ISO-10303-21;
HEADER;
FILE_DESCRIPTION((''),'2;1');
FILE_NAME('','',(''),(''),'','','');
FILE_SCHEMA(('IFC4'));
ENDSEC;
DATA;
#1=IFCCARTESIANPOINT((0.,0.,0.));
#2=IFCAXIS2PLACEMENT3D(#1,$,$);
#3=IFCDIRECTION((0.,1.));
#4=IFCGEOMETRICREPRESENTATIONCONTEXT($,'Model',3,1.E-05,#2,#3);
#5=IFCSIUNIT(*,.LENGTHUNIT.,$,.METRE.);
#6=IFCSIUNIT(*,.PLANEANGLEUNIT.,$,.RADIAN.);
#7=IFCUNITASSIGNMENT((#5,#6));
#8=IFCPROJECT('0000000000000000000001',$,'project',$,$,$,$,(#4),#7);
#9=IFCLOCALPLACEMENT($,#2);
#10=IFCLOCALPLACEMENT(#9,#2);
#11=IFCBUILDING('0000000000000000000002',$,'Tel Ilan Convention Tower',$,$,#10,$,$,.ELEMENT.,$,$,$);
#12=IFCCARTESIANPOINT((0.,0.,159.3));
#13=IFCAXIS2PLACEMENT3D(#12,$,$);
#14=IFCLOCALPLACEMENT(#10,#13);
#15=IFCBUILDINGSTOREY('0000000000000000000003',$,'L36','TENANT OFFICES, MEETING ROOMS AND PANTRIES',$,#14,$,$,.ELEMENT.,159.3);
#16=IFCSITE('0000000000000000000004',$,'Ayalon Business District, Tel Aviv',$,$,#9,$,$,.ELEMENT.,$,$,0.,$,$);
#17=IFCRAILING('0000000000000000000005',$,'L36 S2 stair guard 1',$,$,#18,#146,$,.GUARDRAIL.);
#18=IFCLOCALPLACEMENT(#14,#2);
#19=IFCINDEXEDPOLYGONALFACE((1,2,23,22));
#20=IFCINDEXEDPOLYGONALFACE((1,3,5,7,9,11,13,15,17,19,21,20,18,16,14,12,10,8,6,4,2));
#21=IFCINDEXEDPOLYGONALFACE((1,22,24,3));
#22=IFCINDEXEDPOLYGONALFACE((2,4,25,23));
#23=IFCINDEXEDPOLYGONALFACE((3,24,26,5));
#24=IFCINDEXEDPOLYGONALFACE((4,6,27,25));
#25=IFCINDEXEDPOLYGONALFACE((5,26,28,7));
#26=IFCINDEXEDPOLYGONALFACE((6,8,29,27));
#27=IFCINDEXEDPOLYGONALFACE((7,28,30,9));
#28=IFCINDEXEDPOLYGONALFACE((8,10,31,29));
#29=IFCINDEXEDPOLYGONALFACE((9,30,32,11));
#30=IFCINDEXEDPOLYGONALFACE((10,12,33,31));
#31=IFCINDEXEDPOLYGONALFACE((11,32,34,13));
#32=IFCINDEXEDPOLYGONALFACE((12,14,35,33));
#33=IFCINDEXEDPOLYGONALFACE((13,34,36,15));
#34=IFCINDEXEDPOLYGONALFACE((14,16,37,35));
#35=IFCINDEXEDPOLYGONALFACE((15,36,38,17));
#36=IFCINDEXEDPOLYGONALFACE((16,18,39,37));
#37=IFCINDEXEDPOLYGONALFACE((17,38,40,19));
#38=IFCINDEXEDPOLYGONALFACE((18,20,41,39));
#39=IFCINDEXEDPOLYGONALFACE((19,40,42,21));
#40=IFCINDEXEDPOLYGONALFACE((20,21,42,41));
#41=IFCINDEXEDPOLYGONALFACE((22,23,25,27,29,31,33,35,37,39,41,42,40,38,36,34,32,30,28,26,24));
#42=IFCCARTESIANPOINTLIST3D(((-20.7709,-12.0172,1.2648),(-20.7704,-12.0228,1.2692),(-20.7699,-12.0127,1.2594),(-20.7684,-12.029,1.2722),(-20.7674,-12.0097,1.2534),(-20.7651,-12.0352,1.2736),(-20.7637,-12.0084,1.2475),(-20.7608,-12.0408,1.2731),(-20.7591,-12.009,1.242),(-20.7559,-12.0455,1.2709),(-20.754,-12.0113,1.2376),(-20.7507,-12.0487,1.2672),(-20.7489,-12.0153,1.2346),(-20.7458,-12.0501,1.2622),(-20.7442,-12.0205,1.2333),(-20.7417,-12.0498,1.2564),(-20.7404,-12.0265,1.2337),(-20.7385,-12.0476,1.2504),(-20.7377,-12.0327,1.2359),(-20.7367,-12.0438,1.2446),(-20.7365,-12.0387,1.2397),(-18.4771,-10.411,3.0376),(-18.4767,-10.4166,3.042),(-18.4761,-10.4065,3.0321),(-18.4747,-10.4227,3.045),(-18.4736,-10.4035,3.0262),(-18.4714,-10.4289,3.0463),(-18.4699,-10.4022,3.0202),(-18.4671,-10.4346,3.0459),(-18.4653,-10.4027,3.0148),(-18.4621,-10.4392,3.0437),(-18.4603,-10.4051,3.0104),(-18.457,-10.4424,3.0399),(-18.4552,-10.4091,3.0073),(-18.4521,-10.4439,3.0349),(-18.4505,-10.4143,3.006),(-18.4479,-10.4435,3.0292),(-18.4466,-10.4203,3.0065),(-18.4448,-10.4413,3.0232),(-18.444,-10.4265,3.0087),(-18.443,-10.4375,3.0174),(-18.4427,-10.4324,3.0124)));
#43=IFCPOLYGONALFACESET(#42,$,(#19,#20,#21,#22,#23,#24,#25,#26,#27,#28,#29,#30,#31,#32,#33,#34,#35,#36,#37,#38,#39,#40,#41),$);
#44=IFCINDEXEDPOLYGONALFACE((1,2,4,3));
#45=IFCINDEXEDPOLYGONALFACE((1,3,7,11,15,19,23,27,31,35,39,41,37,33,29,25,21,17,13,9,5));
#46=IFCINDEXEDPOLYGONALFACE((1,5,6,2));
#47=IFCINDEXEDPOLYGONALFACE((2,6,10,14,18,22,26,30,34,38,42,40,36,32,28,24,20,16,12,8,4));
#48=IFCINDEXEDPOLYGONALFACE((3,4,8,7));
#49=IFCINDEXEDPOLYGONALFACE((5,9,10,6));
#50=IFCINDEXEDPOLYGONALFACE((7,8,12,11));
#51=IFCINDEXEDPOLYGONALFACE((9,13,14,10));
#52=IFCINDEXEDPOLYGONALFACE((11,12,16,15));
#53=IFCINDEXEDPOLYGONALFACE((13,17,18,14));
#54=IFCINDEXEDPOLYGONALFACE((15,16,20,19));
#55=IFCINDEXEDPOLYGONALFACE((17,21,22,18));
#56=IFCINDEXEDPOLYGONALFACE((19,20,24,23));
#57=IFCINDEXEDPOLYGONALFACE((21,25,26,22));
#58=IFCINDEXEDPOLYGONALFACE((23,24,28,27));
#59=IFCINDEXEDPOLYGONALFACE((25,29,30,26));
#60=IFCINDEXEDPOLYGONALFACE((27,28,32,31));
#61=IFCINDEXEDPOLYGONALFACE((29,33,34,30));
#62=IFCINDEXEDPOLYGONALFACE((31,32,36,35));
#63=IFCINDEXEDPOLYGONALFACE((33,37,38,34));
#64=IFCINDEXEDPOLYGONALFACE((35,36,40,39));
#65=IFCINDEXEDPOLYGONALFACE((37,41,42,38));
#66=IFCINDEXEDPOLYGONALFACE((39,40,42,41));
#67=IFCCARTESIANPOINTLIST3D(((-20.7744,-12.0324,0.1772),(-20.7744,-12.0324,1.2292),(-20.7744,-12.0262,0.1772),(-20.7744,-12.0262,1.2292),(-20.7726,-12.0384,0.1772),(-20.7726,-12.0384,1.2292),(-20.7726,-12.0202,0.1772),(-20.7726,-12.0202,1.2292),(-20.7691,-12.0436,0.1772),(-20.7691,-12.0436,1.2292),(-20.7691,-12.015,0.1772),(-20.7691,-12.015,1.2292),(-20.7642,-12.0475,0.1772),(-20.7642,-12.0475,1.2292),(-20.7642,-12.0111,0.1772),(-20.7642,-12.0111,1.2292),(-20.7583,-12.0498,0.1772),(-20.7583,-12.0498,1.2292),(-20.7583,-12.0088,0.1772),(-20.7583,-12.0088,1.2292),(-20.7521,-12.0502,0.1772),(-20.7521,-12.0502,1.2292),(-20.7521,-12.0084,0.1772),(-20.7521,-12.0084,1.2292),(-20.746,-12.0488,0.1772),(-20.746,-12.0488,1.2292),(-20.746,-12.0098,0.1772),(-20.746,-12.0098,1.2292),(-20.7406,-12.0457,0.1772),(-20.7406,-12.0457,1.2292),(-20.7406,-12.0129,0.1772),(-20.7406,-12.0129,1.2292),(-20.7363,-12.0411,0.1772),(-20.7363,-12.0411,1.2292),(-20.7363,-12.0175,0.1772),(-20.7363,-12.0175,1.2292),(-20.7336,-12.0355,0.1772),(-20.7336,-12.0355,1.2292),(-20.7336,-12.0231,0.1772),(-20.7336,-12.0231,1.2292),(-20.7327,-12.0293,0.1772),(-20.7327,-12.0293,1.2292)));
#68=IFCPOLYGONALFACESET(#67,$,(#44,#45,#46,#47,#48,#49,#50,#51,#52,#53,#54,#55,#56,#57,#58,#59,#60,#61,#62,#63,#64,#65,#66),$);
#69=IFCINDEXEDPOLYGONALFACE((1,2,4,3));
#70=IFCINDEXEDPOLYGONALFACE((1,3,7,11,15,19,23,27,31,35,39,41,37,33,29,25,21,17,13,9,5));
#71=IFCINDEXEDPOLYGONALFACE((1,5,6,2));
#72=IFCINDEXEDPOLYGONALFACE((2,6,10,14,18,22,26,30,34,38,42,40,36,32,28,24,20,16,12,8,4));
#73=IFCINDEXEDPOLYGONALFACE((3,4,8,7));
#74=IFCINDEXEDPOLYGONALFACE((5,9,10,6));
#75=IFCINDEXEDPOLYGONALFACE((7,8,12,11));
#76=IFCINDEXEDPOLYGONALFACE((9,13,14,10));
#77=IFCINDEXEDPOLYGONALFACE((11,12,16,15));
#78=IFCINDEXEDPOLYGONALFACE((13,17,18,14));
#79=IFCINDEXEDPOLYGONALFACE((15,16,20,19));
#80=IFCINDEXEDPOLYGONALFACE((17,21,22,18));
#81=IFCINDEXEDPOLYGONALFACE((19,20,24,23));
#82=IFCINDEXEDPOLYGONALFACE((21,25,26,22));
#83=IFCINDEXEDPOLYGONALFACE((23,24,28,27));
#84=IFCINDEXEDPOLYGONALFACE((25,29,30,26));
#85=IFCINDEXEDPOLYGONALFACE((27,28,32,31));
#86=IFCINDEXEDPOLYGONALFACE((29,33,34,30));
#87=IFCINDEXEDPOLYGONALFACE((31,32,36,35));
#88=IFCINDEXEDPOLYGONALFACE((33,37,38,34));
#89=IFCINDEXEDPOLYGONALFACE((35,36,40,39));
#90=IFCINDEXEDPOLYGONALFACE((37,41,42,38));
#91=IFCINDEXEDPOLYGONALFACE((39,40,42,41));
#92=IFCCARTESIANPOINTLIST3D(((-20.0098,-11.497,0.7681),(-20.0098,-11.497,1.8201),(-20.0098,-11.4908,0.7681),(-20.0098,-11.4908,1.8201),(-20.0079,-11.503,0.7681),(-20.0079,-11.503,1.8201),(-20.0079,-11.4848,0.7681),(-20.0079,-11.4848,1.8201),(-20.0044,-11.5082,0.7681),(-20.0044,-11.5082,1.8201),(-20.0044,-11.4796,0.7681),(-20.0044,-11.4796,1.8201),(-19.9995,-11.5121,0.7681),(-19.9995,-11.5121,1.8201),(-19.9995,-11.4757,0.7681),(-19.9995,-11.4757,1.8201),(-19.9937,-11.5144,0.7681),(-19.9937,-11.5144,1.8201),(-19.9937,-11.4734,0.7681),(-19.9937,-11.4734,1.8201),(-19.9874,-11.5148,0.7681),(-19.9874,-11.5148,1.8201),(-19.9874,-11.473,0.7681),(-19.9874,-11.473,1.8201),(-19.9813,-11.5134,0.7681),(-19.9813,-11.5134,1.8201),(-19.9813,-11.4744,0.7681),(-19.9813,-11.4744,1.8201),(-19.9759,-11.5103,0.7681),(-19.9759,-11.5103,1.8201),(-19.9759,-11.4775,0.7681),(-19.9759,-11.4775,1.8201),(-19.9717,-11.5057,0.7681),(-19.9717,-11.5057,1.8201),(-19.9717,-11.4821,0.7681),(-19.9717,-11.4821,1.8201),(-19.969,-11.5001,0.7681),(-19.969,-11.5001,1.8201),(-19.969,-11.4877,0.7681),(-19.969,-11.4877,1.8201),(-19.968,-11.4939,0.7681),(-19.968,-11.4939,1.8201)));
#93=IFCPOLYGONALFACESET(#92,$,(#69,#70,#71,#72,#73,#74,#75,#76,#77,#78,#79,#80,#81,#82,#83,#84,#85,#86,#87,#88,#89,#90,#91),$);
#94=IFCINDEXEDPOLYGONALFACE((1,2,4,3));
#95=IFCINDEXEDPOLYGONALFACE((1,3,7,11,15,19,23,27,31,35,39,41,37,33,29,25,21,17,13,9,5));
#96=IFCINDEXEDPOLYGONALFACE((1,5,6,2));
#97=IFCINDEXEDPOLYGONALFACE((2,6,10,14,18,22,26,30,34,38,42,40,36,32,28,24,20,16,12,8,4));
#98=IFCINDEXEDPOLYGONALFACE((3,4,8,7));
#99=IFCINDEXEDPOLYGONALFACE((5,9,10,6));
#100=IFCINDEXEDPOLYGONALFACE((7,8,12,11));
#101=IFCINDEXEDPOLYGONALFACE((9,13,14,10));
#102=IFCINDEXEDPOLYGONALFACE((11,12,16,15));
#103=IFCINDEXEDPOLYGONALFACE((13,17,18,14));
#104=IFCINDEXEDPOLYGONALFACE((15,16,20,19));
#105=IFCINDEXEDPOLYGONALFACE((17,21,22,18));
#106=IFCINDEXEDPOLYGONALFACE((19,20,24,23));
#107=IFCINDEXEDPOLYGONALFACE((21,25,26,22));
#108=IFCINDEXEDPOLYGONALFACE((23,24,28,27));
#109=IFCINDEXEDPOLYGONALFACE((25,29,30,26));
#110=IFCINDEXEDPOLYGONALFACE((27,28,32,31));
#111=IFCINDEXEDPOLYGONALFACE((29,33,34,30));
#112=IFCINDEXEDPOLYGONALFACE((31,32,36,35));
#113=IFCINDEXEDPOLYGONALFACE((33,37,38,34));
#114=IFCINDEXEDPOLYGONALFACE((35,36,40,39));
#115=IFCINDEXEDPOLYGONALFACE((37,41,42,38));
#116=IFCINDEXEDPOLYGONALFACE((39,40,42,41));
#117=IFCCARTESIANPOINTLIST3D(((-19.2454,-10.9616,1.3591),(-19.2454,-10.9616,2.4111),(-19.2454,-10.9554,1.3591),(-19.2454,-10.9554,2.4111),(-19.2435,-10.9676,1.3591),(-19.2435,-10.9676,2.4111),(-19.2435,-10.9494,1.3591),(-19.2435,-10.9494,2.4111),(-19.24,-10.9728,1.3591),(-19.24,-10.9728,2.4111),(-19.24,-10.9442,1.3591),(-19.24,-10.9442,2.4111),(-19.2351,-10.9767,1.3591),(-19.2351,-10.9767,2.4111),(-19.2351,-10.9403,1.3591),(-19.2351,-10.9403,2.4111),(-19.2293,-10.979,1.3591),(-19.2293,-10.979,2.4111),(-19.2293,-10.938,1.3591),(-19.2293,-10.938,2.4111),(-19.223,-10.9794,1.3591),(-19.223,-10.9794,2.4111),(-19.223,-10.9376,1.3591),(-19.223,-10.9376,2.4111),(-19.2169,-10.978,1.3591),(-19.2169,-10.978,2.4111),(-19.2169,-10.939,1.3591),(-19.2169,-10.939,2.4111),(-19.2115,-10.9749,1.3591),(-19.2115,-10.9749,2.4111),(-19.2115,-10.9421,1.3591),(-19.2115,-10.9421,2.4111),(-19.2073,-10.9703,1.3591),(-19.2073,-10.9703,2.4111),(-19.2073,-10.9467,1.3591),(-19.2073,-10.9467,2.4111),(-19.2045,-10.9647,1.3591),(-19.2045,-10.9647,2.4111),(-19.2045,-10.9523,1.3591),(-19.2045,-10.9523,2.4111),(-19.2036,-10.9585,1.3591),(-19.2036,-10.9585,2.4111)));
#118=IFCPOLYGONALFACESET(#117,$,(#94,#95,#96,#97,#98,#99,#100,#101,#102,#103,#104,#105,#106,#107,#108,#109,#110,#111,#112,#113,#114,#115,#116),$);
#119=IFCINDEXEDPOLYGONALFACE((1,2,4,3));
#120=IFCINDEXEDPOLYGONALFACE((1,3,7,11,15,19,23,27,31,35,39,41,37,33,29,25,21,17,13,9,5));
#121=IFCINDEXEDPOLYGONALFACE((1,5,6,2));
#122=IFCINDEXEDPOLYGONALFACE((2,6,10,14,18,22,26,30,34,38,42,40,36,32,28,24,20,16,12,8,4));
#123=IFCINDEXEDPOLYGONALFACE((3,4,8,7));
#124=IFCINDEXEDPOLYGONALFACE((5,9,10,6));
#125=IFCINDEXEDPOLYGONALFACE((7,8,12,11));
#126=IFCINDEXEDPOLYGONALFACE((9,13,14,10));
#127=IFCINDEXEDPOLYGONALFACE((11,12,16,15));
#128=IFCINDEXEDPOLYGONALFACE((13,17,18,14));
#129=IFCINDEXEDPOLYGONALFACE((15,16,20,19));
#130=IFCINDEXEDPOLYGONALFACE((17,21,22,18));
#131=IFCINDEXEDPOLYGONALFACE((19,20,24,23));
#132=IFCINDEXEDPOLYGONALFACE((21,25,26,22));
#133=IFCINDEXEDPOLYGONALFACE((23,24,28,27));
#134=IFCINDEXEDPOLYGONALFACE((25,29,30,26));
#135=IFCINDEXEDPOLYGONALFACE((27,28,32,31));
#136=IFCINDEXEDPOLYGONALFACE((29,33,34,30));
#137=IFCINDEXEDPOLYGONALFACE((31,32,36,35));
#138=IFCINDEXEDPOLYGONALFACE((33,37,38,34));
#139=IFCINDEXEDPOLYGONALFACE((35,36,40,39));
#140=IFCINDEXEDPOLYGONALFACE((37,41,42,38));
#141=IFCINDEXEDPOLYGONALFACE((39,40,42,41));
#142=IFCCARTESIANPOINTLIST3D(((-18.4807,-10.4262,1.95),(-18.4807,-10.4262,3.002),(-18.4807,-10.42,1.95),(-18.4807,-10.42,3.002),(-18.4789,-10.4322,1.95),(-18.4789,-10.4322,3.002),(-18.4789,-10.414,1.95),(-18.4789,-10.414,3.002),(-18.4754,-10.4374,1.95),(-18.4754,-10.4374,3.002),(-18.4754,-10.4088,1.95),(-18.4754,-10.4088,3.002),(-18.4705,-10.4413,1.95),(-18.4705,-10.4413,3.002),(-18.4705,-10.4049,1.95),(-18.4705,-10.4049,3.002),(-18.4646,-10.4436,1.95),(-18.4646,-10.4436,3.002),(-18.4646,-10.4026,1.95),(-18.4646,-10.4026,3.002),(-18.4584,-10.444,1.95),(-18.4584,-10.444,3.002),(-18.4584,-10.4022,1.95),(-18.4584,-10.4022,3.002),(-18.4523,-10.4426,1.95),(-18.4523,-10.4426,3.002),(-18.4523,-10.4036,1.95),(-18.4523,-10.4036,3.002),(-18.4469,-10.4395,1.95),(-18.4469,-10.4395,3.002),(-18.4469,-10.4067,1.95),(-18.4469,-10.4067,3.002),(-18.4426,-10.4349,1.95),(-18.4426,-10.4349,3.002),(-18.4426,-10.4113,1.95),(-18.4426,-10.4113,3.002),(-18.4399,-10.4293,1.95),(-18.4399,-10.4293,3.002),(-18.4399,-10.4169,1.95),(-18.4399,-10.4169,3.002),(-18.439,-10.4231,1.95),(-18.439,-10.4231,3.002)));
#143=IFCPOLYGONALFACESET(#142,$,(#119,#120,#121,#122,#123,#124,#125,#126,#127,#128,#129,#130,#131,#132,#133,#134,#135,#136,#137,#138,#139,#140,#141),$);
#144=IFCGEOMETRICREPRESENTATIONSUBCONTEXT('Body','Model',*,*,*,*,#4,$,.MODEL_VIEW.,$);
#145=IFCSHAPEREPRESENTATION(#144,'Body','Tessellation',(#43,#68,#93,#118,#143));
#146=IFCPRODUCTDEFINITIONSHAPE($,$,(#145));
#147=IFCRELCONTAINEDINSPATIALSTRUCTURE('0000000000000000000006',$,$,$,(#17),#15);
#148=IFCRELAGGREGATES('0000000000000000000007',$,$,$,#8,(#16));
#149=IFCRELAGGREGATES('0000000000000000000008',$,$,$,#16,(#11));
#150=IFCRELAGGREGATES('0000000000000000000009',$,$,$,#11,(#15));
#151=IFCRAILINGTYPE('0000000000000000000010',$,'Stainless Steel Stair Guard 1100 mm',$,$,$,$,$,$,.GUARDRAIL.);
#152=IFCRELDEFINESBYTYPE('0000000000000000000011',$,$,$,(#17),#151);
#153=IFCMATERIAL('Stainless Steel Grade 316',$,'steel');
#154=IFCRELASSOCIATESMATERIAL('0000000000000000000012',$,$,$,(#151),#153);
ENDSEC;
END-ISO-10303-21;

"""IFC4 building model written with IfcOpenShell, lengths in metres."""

from ifc_helpers import new_model, si_unit, direction, frame, origin, origin_2d, place, context, subcontext, project, spatial, circle, extrude, material, type_object, element, save


model = new_model("IFC4")

# Units and contexts
model_context = context("Model", 3, precision=1e-05, world=origin(), true_north=direction((0.0, 1.0)))
body_context = subcontext(model_context, "Body", "Model", "MODEL_VIEW")
ifc_project = project(units=[si_unit("LENGTHUNIT", "METRE"), si_unit("PLANEANGLEUNIT", "RADIAN")], contexts=[model_context])

# Site, building, storey
site_placement = place(None, origin())
site = spatial("IfcSite", under=ifc_project, at=site_placement, Name="Ayalon Business District, Tel Aviv", CompositionType="ELEMENT", RefElevation=0.0)
building_placement = place(site_placement, origin())
building = spatial("IfcBuilding", under=site, at=building_placement, Name="Tel Ilan Convention Tower", CompositionType="ELEMENT")
storey_placement = place(building_placement, frame((0.0, 0.0, 159.3)))
storey = spatial("IfcBuildingStorey", under=building, at=storey_placement, Name="L36", Description="TENANT OFFICES, MEETING ROOMS AND PANTRIES", CompositionType="ELEMENT", Elevation=159.3)

# Railing
ifc_material_1 = material(Name="Stainless Steel Grade 316", Category="steel")
railing_type_1 = type_object("IfcRailingType", Name="Stainless Steel Stair Guard 1100 mm", PredefinedType="GUARDRAIL", material=ifc_material_1)
railing_1_placement = place(storey_placement, frame((-20.7537, -12.0293, 0.1772)))
element("IfcRailing", 1, at=railing_1_placement, inside=storey, type_object=railing_type_1, Name="L36 S2 stair guard 1", PredefinedType="GUARDRAIL", context=body_context, shape_type="SweptSolid", body=[
    extrude(circle(Radius=0.0239, at=origin_2d()), frame((0.0, 0.0, 1.0762), z_axis=(0.692098, 0.484653, 0.534894), x_axis=(-0.573609, 0.81913, 0.0)), (0.0, 0.0, 1.0), 3.3142),
    extrude(circle(Radius=0.021, at=origin_2d()), origin(), (0.0, 0.0, 1.0), 1.052),
    extrude(circle(Radius=0.021, at=origin_2d()), frame((0.7646, 0.5354, 0.5908)), (0.0, 0.0, 1.0), 1.052),
    extrude(circle(Radius=0.021, at=origin_2d()), frame((1.5291, 1.0708, 1.1819)), (0.0, 0.0, 1.0), 1.052),
    extrude(circle(Radius=0.021, at=origin_2d()), frame((2.2937, 1.6062, 1.7727)), (0.0, 0.0, 1.0), 1.052),
])

save(model, "model.ifc")
